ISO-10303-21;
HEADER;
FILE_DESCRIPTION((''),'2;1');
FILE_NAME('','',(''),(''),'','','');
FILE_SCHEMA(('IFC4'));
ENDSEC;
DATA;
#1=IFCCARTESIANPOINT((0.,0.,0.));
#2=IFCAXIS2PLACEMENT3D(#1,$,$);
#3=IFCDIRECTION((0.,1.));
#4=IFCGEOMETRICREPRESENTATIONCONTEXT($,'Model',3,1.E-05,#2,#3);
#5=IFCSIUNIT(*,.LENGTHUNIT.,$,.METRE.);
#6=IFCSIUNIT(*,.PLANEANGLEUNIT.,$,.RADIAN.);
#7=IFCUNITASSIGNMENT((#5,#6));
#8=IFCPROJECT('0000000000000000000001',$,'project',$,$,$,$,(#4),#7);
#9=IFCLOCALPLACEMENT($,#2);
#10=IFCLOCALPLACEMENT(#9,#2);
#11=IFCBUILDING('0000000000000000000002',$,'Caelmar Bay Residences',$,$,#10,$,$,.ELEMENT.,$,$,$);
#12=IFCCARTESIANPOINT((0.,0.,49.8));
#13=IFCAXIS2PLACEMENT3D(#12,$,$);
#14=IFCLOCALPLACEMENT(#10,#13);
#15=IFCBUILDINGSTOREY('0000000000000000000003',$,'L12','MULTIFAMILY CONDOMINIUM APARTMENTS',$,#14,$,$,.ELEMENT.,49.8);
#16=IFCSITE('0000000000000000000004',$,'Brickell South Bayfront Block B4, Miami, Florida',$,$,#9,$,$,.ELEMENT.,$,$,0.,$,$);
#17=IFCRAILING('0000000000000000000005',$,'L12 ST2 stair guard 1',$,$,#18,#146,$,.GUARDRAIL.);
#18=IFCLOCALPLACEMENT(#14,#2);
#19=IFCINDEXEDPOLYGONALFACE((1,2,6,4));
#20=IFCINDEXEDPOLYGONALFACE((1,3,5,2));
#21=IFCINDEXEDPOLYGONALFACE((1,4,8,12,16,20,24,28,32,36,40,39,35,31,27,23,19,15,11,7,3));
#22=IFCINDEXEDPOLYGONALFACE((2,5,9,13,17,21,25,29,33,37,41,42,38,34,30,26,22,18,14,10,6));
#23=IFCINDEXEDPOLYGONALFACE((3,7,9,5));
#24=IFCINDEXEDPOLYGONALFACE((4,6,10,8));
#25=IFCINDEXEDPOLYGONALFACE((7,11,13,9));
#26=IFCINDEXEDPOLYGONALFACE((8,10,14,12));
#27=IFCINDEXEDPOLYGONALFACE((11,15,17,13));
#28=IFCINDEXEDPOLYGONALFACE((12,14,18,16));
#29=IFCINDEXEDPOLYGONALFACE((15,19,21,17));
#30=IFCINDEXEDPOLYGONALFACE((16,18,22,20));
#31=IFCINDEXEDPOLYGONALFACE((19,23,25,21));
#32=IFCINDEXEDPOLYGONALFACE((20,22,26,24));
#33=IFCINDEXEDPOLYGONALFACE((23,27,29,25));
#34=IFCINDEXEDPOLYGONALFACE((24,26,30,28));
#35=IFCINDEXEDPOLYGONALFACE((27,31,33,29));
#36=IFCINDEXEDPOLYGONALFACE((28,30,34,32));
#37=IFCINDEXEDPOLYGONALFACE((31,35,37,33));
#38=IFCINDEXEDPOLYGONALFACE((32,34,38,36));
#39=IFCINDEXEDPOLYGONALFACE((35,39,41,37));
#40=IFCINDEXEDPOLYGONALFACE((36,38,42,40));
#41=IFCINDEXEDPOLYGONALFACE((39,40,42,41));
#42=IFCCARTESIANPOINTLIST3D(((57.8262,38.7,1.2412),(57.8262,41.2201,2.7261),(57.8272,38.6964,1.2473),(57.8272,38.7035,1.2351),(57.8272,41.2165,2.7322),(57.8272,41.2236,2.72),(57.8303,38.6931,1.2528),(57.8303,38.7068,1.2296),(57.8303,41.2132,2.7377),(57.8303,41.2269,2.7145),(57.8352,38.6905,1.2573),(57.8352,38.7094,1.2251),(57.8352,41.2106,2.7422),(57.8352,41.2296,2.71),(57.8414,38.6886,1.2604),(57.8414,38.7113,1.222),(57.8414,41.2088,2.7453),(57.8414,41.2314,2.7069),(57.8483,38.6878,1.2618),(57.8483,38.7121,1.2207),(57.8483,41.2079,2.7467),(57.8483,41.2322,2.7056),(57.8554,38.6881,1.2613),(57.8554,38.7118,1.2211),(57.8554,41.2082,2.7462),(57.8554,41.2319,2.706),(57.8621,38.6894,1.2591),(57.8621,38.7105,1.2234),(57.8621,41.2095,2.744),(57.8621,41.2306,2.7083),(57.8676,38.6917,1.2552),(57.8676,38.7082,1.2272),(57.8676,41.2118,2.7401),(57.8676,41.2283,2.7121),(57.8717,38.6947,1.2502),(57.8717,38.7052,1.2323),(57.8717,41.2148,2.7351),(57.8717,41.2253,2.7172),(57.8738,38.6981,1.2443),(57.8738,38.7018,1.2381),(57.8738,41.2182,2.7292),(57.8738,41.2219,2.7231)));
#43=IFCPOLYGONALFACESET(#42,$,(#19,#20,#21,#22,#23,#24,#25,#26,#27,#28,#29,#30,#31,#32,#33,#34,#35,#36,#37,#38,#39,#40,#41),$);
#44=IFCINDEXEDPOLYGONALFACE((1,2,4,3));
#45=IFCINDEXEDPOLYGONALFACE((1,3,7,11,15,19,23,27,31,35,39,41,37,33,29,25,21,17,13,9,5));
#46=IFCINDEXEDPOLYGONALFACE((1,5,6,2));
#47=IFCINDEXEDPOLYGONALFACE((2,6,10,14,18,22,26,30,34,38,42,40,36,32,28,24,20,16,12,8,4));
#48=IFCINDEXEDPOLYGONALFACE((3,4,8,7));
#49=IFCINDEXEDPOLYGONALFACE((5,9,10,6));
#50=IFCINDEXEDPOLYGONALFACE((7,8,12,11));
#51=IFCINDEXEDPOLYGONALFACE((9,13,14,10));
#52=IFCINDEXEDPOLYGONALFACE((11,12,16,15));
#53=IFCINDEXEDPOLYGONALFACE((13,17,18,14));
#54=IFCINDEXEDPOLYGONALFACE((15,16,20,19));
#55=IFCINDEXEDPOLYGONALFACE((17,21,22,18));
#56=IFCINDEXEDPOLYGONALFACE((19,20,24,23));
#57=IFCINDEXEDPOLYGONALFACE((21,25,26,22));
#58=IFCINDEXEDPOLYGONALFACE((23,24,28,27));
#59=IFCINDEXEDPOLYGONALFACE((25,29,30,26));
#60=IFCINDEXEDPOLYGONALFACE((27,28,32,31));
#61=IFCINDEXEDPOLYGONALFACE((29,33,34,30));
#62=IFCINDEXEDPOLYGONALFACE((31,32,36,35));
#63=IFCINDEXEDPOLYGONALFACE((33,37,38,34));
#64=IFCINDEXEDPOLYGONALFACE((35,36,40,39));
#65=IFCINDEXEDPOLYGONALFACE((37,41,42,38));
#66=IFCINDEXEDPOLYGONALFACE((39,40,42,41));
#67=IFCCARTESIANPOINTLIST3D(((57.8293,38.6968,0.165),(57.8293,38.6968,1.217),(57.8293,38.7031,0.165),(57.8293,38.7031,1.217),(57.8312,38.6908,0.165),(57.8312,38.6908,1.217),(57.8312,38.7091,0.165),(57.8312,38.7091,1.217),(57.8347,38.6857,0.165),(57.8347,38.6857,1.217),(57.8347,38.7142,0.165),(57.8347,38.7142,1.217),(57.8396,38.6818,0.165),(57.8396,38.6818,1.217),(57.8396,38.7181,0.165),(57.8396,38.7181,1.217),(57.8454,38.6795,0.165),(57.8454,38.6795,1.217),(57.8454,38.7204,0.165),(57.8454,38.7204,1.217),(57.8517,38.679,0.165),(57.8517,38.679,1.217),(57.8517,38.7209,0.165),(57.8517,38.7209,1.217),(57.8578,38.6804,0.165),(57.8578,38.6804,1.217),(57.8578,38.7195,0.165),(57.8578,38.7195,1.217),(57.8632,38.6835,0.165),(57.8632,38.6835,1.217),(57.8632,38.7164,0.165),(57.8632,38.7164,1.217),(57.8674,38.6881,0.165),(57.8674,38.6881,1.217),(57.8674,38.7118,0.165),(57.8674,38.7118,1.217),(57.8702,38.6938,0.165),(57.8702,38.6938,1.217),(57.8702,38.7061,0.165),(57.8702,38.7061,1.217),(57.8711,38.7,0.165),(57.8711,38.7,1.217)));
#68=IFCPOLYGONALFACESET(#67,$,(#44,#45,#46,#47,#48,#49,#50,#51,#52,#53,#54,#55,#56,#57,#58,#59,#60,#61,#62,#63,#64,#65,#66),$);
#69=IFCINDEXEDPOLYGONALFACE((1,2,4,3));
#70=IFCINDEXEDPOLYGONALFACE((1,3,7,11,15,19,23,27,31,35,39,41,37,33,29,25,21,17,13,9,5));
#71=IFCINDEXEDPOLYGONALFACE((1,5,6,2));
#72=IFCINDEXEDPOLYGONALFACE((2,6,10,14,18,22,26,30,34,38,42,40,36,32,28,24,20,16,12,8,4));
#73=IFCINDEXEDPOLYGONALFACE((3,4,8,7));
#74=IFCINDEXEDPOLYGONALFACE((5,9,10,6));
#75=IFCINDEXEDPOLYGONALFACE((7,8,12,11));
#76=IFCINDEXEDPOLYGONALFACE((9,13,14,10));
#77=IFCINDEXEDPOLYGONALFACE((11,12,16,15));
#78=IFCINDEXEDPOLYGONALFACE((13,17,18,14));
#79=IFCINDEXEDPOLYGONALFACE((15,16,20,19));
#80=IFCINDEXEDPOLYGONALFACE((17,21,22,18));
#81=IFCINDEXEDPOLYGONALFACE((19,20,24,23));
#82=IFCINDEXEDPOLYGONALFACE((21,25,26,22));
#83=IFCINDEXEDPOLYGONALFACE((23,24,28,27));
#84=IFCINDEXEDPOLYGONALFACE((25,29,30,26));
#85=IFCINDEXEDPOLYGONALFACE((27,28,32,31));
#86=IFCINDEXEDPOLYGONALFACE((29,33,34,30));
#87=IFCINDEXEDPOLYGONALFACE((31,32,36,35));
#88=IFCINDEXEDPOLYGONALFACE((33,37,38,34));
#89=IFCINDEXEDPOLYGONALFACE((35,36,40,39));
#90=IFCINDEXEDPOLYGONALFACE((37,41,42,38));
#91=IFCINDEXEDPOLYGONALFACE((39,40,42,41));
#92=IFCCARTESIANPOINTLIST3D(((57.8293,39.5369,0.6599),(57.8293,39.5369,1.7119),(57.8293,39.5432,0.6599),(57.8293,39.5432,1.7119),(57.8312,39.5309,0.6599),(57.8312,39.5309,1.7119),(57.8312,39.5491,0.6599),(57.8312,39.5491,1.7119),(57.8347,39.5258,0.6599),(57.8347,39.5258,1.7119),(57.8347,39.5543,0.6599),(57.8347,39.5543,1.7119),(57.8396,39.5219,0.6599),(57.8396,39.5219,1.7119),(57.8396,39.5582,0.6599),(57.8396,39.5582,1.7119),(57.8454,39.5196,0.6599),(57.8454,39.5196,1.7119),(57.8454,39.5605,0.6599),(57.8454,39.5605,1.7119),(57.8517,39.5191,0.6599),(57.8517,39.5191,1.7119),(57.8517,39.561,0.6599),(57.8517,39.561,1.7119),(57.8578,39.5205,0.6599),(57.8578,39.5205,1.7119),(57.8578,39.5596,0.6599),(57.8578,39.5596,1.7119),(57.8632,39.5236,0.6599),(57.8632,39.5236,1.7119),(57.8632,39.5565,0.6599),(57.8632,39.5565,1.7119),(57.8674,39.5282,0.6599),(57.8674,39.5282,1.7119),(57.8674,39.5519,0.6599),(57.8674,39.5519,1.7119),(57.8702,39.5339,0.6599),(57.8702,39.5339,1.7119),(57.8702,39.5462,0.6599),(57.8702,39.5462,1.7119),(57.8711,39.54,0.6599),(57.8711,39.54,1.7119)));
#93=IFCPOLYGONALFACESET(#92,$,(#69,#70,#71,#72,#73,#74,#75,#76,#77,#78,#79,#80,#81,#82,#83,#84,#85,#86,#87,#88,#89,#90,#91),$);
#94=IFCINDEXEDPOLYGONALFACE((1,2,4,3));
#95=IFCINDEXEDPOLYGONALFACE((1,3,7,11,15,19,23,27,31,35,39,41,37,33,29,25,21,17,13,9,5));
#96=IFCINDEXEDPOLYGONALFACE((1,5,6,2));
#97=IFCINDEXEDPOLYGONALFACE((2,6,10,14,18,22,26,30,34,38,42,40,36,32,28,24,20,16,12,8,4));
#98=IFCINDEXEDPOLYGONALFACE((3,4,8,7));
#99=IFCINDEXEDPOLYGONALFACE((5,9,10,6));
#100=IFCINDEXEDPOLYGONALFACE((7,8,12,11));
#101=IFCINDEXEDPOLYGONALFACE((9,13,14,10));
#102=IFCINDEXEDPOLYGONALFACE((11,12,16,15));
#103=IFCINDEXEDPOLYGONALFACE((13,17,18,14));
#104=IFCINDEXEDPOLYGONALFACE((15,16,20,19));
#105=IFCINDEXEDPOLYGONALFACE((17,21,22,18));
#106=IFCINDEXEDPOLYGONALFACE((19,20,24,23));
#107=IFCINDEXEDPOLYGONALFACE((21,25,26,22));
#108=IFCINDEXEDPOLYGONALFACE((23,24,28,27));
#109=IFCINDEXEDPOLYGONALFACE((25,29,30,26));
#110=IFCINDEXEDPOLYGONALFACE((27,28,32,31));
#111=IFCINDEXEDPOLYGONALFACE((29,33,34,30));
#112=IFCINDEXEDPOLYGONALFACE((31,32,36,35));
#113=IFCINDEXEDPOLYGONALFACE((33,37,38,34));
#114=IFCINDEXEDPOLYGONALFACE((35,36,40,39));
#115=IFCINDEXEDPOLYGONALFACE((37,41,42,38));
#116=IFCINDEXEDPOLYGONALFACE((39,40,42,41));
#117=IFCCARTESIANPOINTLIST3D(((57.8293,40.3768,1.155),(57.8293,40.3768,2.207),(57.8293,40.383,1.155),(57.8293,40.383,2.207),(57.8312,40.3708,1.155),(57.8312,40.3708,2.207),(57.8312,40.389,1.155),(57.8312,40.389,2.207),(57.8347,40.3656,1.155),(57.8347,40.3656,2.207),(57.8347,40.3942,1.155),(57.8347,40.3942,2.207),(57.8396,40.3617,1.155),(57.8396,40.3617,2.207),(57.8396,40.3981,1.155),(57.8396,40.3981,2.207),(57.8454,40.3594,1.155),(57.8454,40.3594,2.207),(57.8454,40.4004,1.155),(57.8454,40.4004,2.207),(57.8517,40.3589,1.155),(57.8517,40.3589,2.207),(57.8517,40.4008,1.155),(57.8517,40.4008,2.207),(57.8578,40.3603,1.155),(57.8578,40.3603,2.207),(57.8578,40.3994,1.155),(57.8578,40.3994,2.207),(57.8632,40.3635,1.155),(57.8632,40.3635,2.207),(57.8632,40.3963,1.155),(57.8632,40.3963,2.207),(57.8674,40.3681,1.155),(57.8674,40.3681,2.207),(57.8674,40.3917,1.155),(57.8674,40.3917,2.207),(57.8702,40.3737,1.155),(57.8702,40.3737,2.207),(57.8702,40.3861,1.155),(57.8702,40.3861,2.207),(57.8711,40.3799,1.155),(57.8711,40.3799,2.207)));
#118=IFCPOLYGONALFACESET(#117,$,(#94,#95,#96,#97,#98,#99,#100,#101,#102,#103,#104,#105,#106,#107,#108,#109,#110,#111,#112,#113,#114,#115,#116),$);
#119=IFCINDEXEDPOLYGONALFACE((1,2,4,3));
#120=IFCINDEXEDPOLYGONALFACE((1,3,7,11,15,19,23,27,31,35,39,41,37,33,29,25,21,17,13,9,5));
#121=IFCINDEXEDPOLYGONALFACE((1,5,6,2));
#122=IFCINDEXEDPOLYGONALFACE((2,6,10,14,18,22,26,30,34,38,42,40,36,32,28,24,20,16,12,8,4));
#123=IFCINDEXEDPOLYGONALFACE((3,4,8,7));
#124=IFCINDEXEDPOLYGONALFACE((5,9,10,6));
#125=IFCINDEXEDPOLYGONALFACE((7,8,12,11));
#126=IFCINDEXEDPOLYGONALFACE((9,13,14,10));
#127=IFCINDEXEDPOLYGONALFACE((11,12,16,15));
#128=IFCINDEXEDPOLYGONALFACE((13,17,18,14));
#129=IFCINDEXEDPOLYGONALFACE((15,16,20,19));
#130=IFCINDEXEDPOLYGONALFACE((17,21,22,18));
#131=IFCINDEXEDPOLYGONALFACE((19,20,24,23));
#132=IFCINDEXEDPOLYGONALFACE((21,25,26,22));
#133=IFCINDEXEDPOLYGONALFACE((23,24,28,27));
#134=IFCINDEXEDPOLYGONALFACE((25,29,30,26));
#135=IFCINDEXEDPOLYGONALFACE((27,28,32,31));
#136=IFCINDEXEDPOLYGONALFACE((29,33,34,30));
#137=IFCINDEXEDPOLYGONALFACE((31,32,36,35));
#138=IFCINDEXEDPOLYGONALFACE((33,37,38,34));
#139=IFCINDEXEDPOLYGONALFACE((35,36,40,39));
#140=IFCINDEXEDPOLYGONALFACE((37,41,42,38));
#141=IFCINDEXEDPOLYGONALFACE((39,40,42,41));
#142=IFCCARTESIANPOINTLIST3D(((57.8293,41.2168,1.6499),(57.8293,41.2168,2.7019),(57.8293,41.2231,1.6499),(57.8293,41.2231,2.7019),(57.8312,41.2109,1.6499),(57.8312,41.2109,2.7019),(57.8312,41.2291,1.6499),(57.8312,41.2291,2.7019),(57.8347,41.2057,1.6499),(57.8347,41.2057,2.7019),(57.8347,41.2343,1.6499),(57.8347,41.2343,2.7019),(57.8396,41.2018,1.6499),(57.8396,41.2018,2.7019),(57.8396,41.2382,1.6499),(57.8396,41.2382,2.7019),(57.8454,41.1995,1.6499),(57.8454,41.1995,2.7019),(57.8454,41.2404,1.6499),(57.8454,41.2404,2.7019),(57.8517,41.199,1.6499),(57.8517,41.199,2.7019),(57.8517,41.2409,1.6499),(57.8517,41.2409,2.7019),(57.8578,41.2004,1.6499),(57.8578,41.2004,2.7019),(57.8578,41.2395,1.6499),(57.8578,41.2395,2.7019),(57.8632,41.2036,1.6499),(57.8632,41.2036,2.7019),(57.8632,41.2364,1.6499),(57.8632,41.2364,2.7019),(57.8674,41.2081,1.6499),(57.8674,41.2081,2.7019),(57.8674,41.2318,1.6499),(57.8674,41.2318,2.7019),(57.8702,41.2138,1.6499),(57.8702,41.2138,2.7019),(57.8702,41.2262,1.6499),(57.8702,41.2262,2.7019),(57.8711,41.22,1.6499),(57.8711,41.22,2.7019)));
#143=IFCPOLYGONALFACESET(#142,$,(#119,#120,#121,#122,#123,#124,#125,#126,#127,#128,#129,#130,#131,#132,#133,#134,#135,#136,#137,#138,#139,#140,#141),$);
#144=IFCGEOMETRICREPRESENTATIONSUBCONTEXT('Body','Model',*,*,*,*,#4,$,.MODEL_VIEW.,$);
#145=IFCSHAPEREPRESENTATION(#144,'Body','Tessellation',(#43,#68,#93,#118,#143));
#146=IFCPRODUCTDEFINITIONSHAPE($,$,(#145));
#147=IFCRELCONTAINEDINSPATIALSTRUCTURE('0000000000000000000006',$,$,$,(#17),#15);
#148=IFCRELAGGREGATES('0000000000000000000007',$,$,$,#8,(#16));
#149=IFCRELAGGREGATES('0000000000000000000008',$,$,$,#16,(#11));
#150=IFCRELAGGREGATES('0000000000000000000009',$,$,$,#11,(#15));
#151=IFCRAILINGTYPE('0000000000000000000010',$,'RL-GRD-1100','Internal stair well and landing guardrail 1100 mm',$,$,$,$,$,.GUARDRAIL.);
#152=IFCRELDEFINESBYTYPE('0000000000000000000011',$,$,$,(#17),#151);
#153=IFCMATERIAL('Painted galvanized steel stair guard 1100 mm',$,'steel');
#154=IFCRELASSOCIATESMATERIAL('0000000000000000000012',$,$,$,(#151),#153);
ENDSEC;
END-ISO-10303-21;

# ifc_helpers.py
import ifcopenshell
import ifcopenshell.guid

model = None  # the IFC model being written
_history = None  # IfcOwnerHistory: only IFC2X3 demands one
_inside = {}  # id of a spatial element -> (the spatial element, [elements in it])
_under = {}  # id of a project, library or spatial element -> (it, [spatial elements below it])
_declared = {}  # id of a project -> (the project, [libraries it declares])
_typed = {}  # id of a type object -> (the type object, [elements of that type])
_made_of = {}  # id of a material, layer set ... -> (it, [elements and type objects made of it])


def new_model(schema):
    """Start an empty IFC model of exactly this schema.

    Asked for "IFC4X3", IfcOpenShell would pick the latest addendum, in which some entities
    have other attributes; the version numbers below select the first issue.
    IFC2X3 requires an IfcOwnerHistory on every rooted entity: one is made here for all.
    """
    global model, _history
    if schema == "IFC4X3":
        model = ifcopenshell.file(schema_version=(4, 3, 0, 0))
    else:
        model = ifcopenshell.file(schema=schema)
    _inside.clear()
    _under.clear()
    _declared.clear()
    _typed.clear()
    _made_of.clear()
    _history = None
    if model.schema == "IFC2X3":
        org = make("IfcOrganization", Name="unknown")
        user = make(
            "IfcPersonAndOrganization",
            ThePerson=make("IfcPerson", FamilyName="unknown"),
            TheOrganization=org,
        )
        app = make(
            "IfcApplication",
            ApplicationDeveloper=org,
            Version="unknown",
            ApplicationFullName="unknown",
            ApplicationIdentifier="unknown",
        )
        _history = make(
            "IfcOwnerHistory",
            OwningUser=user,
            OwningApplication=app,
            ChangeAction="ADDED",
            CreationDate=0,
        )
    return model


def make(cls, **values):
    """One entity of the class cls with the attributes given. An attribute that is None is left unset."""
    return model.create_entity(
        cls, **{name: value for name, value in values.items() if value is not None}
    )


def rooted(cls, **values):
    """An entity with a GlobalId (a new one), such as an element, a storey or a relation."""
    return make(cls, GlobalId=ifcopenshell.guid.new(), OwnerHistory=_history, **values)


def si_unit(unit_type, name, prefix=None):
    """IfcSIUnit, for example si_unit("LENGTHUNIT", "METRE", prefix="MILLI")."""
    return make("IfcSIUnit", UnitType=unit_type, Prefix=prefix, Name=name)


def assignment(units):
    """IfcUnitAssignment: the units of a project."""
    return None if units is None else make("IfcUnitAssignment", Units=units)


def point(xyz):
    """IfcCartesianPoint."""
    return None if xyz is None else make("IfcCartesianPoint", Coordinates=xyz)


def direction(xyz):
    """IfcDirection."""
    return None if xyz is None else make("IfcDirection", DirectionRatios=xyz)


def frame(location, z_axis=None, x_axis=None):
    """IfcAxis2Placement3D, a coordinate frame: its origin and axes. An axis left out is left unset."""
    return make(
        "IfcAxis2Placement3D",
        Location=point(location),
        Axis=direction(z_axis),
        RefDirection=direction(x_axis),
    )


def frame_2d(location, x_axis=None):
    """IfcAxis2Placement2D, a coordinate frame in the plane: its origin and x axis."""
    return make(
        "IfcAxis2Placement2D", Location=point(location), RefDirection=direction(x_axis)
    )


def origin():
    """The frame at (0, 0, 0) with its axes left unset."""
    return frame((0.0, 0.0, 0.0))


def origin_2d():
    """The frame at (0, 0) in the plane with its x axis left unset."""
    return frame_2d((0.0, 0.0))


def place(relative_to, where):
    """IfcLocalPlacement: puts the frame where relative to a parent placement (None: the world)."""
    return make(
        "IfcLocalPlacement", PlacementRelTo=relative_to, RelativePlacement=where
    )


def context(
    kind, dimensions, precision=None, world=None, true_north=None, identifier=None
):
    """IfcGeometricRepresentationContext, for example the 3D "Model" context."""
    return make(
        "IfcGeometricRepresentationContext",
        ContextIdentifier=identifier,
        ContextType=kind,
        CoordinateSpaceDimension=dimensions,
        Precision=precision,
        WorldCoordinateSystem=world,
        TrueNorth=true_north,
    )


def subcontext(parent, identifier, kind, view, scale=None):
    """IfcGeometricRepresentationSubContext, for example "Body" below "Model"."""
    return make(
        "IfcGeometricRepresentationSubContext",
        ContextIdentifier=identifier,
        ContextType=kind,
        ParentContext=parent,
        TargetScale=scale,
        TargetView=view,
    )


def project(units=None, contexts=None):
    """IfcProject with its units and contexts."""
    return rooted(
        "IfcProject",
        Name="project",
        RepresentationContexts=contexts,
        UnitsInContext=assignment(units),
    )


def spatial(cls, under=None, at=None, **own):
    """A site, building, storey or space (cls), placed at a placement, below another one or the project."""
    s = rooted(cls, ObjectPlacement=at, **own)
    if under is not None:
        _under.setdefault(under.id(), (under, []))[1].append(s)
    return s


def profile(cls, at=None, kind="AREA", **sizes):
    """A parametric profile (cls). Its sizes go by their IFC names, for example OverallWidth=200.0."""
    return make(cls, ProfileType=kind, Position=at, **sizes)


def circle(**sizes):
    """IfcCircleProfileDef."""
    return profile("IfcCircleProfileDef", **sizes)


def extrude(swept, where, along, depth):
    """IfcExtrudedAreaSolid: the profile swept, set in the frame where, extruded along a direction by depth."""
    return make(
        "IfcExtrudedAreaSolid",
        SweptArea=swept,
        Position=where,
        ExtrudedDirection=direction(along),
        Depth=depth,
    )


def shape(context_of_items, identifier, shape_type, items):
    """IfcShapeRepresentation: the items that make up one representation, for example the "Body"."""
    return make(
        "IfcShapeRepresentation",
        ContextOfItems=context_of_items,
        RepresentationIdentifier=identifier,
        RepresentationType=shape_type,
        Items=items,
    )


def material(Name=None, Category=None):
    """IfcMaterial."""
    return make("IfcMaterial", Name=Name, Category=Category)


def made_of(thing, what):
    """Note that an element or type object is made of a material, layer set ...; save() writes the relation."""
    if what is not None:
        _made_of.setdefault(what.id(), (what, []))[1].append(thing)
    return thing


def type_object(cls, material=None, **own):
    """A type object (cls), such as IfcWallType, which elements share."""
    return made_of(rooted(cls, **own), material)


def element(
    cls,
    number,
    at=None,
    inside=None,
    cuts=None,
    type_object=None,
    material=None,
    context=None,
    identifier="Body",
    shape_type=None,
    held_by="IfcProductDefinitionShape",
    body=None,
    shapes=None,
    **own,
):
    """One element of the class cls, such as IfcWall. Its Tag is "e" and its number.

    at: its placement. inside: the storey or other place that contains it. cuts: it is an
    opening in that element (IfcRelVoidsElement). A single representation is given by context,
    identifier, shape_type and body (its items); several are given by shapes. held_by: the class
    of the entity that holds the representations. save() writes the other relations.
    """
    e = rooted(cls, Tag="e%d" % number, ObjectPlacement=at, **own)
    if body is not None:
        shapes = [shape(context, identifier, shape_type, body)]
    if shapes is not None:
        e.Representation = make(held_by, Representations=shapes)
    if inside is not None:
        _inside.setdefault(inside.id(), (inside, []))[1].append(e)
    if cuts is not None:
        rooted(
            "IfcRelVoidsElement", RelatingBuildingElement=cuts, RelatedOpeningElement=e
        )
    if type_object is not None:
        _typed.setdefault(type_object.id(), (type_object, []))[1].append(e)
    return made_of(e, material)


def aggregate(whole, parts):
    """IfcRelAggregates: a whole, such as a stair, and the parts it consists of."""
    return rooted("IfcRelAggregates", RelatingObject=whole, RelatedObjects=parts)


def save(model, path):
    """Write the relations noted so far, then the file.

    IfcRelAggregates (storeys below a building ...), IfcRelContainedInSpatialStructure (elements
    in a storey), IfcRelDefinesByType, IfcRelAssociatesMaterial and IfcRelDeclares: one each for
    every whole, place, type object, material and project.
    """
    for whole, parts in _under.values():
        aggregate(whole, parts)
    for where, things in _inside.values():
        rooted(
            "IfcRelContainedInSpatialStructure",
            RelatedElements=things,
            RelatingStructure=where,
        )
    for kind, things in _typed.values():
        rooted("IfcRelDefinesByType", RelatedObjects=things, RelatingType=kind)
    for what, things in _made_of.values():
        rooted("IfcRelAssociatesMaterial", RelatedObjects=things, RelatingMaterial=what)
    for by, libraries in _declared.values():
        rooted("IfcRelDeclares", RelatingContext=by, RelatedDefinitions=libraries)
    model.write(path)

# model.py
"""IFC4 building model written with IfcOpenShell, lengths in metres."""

from ifc_helpers import new_model, si_unit, direction, frame, origin, origin_2d, place, context, subcontext, project, spatial, circle, extrude, material, type_object, element, save


model = new_model("IFC4")

# Units and contexts
model_context = context("Model", 3, precision=1e-05, world=origin(), true_north=direction((0.0, 1.0)))
body_context = subcontext(model_context, "Body", "Model", "MODEL_VIEW")
ifc_project = project(units=[si_unit("LENGTHUNIT", "METRE"), si_unit("PLANEANGLEUNIT", "RADIAN")], contexts=[model_context])

# Site, building, storey
site_placement = place(None, origin())
site = spatial("IfcSite", under=ifc_project, at=site_placement, Name="Brickell South Bayfront Block B4, Miami, Florida", CompositionType="ELEMENT", RefElevation=0.0)
building_placement = place(site_placement, origin())
building = spatial("IfcBuilding", under=site, at=building_placement, Name="Caelmar Bay Residences", CompositionType="ELEMENT")
storey_placement = place(building_placement, frame((0.0, 0.0, 49.8)))
storey = spatial("IfcBuildingStorey", under=building, at=storey_placement, Name="L12", Description="MULTIFAMILY CONDOMINIUM APARTMENTS", CompositionType="ELEMENT", Elevation=49.8)

# Railing
ifc_material_1 = material(Name="Painted galvanized steel stair guard 1100 mm", Category="steel")
railing_type_1 = type_object("IfcRailingType", Name="RL-GRD-1100", Description="Internal stair well and landing guardrail 1100 mm", PredefinedType="GUARDRAIL", material=ifc_material_1)
railing_1_placement = place(storey_placement, frame((57.8501, 38.7, 0.165)))
element("IfcRailing", 1, at=railing_1_placement, inside=storey, type_object=railing_type_1, Name="L12 ST2 stair guard 1", PredefinedType="GUARDRAIL", context=body_context, shape_type="SweptSolid", body=[
    extrude(circle(Radius=0.0239, at=origin_2d()), frame((0.0, 0.0, 1.0762), z_axis=(0.0, 0.861561, 0.507655), x_axis=(-1.0, 0.0, 0.0)), (0.0, 0.0, 1.0), 2.925),
    extrude(circle(Radius=0.021, at=origin_2d()), origin(), (0.0, 0.0, 1.0), 1.052),
    extrude(circle(Radius=0.021, at=origin_2d()), frame((0.0, 0.8401, 0.4949)), (0.0, 0.0, 1.0), 1.052),
    extrude(circle(Radius=0.021, at=origin_2d()), frame((0.0, 1.6799, 0.99)), (0.0, 0.0, 1.0), 1.052),
    extrude(circle(Radius=0.021, at=origin_2d()), frame((0.0, 2.52, 1.4849)), (0.0, 0.0, 1.0), 1.052),
])

save(model, "model.ifc")
